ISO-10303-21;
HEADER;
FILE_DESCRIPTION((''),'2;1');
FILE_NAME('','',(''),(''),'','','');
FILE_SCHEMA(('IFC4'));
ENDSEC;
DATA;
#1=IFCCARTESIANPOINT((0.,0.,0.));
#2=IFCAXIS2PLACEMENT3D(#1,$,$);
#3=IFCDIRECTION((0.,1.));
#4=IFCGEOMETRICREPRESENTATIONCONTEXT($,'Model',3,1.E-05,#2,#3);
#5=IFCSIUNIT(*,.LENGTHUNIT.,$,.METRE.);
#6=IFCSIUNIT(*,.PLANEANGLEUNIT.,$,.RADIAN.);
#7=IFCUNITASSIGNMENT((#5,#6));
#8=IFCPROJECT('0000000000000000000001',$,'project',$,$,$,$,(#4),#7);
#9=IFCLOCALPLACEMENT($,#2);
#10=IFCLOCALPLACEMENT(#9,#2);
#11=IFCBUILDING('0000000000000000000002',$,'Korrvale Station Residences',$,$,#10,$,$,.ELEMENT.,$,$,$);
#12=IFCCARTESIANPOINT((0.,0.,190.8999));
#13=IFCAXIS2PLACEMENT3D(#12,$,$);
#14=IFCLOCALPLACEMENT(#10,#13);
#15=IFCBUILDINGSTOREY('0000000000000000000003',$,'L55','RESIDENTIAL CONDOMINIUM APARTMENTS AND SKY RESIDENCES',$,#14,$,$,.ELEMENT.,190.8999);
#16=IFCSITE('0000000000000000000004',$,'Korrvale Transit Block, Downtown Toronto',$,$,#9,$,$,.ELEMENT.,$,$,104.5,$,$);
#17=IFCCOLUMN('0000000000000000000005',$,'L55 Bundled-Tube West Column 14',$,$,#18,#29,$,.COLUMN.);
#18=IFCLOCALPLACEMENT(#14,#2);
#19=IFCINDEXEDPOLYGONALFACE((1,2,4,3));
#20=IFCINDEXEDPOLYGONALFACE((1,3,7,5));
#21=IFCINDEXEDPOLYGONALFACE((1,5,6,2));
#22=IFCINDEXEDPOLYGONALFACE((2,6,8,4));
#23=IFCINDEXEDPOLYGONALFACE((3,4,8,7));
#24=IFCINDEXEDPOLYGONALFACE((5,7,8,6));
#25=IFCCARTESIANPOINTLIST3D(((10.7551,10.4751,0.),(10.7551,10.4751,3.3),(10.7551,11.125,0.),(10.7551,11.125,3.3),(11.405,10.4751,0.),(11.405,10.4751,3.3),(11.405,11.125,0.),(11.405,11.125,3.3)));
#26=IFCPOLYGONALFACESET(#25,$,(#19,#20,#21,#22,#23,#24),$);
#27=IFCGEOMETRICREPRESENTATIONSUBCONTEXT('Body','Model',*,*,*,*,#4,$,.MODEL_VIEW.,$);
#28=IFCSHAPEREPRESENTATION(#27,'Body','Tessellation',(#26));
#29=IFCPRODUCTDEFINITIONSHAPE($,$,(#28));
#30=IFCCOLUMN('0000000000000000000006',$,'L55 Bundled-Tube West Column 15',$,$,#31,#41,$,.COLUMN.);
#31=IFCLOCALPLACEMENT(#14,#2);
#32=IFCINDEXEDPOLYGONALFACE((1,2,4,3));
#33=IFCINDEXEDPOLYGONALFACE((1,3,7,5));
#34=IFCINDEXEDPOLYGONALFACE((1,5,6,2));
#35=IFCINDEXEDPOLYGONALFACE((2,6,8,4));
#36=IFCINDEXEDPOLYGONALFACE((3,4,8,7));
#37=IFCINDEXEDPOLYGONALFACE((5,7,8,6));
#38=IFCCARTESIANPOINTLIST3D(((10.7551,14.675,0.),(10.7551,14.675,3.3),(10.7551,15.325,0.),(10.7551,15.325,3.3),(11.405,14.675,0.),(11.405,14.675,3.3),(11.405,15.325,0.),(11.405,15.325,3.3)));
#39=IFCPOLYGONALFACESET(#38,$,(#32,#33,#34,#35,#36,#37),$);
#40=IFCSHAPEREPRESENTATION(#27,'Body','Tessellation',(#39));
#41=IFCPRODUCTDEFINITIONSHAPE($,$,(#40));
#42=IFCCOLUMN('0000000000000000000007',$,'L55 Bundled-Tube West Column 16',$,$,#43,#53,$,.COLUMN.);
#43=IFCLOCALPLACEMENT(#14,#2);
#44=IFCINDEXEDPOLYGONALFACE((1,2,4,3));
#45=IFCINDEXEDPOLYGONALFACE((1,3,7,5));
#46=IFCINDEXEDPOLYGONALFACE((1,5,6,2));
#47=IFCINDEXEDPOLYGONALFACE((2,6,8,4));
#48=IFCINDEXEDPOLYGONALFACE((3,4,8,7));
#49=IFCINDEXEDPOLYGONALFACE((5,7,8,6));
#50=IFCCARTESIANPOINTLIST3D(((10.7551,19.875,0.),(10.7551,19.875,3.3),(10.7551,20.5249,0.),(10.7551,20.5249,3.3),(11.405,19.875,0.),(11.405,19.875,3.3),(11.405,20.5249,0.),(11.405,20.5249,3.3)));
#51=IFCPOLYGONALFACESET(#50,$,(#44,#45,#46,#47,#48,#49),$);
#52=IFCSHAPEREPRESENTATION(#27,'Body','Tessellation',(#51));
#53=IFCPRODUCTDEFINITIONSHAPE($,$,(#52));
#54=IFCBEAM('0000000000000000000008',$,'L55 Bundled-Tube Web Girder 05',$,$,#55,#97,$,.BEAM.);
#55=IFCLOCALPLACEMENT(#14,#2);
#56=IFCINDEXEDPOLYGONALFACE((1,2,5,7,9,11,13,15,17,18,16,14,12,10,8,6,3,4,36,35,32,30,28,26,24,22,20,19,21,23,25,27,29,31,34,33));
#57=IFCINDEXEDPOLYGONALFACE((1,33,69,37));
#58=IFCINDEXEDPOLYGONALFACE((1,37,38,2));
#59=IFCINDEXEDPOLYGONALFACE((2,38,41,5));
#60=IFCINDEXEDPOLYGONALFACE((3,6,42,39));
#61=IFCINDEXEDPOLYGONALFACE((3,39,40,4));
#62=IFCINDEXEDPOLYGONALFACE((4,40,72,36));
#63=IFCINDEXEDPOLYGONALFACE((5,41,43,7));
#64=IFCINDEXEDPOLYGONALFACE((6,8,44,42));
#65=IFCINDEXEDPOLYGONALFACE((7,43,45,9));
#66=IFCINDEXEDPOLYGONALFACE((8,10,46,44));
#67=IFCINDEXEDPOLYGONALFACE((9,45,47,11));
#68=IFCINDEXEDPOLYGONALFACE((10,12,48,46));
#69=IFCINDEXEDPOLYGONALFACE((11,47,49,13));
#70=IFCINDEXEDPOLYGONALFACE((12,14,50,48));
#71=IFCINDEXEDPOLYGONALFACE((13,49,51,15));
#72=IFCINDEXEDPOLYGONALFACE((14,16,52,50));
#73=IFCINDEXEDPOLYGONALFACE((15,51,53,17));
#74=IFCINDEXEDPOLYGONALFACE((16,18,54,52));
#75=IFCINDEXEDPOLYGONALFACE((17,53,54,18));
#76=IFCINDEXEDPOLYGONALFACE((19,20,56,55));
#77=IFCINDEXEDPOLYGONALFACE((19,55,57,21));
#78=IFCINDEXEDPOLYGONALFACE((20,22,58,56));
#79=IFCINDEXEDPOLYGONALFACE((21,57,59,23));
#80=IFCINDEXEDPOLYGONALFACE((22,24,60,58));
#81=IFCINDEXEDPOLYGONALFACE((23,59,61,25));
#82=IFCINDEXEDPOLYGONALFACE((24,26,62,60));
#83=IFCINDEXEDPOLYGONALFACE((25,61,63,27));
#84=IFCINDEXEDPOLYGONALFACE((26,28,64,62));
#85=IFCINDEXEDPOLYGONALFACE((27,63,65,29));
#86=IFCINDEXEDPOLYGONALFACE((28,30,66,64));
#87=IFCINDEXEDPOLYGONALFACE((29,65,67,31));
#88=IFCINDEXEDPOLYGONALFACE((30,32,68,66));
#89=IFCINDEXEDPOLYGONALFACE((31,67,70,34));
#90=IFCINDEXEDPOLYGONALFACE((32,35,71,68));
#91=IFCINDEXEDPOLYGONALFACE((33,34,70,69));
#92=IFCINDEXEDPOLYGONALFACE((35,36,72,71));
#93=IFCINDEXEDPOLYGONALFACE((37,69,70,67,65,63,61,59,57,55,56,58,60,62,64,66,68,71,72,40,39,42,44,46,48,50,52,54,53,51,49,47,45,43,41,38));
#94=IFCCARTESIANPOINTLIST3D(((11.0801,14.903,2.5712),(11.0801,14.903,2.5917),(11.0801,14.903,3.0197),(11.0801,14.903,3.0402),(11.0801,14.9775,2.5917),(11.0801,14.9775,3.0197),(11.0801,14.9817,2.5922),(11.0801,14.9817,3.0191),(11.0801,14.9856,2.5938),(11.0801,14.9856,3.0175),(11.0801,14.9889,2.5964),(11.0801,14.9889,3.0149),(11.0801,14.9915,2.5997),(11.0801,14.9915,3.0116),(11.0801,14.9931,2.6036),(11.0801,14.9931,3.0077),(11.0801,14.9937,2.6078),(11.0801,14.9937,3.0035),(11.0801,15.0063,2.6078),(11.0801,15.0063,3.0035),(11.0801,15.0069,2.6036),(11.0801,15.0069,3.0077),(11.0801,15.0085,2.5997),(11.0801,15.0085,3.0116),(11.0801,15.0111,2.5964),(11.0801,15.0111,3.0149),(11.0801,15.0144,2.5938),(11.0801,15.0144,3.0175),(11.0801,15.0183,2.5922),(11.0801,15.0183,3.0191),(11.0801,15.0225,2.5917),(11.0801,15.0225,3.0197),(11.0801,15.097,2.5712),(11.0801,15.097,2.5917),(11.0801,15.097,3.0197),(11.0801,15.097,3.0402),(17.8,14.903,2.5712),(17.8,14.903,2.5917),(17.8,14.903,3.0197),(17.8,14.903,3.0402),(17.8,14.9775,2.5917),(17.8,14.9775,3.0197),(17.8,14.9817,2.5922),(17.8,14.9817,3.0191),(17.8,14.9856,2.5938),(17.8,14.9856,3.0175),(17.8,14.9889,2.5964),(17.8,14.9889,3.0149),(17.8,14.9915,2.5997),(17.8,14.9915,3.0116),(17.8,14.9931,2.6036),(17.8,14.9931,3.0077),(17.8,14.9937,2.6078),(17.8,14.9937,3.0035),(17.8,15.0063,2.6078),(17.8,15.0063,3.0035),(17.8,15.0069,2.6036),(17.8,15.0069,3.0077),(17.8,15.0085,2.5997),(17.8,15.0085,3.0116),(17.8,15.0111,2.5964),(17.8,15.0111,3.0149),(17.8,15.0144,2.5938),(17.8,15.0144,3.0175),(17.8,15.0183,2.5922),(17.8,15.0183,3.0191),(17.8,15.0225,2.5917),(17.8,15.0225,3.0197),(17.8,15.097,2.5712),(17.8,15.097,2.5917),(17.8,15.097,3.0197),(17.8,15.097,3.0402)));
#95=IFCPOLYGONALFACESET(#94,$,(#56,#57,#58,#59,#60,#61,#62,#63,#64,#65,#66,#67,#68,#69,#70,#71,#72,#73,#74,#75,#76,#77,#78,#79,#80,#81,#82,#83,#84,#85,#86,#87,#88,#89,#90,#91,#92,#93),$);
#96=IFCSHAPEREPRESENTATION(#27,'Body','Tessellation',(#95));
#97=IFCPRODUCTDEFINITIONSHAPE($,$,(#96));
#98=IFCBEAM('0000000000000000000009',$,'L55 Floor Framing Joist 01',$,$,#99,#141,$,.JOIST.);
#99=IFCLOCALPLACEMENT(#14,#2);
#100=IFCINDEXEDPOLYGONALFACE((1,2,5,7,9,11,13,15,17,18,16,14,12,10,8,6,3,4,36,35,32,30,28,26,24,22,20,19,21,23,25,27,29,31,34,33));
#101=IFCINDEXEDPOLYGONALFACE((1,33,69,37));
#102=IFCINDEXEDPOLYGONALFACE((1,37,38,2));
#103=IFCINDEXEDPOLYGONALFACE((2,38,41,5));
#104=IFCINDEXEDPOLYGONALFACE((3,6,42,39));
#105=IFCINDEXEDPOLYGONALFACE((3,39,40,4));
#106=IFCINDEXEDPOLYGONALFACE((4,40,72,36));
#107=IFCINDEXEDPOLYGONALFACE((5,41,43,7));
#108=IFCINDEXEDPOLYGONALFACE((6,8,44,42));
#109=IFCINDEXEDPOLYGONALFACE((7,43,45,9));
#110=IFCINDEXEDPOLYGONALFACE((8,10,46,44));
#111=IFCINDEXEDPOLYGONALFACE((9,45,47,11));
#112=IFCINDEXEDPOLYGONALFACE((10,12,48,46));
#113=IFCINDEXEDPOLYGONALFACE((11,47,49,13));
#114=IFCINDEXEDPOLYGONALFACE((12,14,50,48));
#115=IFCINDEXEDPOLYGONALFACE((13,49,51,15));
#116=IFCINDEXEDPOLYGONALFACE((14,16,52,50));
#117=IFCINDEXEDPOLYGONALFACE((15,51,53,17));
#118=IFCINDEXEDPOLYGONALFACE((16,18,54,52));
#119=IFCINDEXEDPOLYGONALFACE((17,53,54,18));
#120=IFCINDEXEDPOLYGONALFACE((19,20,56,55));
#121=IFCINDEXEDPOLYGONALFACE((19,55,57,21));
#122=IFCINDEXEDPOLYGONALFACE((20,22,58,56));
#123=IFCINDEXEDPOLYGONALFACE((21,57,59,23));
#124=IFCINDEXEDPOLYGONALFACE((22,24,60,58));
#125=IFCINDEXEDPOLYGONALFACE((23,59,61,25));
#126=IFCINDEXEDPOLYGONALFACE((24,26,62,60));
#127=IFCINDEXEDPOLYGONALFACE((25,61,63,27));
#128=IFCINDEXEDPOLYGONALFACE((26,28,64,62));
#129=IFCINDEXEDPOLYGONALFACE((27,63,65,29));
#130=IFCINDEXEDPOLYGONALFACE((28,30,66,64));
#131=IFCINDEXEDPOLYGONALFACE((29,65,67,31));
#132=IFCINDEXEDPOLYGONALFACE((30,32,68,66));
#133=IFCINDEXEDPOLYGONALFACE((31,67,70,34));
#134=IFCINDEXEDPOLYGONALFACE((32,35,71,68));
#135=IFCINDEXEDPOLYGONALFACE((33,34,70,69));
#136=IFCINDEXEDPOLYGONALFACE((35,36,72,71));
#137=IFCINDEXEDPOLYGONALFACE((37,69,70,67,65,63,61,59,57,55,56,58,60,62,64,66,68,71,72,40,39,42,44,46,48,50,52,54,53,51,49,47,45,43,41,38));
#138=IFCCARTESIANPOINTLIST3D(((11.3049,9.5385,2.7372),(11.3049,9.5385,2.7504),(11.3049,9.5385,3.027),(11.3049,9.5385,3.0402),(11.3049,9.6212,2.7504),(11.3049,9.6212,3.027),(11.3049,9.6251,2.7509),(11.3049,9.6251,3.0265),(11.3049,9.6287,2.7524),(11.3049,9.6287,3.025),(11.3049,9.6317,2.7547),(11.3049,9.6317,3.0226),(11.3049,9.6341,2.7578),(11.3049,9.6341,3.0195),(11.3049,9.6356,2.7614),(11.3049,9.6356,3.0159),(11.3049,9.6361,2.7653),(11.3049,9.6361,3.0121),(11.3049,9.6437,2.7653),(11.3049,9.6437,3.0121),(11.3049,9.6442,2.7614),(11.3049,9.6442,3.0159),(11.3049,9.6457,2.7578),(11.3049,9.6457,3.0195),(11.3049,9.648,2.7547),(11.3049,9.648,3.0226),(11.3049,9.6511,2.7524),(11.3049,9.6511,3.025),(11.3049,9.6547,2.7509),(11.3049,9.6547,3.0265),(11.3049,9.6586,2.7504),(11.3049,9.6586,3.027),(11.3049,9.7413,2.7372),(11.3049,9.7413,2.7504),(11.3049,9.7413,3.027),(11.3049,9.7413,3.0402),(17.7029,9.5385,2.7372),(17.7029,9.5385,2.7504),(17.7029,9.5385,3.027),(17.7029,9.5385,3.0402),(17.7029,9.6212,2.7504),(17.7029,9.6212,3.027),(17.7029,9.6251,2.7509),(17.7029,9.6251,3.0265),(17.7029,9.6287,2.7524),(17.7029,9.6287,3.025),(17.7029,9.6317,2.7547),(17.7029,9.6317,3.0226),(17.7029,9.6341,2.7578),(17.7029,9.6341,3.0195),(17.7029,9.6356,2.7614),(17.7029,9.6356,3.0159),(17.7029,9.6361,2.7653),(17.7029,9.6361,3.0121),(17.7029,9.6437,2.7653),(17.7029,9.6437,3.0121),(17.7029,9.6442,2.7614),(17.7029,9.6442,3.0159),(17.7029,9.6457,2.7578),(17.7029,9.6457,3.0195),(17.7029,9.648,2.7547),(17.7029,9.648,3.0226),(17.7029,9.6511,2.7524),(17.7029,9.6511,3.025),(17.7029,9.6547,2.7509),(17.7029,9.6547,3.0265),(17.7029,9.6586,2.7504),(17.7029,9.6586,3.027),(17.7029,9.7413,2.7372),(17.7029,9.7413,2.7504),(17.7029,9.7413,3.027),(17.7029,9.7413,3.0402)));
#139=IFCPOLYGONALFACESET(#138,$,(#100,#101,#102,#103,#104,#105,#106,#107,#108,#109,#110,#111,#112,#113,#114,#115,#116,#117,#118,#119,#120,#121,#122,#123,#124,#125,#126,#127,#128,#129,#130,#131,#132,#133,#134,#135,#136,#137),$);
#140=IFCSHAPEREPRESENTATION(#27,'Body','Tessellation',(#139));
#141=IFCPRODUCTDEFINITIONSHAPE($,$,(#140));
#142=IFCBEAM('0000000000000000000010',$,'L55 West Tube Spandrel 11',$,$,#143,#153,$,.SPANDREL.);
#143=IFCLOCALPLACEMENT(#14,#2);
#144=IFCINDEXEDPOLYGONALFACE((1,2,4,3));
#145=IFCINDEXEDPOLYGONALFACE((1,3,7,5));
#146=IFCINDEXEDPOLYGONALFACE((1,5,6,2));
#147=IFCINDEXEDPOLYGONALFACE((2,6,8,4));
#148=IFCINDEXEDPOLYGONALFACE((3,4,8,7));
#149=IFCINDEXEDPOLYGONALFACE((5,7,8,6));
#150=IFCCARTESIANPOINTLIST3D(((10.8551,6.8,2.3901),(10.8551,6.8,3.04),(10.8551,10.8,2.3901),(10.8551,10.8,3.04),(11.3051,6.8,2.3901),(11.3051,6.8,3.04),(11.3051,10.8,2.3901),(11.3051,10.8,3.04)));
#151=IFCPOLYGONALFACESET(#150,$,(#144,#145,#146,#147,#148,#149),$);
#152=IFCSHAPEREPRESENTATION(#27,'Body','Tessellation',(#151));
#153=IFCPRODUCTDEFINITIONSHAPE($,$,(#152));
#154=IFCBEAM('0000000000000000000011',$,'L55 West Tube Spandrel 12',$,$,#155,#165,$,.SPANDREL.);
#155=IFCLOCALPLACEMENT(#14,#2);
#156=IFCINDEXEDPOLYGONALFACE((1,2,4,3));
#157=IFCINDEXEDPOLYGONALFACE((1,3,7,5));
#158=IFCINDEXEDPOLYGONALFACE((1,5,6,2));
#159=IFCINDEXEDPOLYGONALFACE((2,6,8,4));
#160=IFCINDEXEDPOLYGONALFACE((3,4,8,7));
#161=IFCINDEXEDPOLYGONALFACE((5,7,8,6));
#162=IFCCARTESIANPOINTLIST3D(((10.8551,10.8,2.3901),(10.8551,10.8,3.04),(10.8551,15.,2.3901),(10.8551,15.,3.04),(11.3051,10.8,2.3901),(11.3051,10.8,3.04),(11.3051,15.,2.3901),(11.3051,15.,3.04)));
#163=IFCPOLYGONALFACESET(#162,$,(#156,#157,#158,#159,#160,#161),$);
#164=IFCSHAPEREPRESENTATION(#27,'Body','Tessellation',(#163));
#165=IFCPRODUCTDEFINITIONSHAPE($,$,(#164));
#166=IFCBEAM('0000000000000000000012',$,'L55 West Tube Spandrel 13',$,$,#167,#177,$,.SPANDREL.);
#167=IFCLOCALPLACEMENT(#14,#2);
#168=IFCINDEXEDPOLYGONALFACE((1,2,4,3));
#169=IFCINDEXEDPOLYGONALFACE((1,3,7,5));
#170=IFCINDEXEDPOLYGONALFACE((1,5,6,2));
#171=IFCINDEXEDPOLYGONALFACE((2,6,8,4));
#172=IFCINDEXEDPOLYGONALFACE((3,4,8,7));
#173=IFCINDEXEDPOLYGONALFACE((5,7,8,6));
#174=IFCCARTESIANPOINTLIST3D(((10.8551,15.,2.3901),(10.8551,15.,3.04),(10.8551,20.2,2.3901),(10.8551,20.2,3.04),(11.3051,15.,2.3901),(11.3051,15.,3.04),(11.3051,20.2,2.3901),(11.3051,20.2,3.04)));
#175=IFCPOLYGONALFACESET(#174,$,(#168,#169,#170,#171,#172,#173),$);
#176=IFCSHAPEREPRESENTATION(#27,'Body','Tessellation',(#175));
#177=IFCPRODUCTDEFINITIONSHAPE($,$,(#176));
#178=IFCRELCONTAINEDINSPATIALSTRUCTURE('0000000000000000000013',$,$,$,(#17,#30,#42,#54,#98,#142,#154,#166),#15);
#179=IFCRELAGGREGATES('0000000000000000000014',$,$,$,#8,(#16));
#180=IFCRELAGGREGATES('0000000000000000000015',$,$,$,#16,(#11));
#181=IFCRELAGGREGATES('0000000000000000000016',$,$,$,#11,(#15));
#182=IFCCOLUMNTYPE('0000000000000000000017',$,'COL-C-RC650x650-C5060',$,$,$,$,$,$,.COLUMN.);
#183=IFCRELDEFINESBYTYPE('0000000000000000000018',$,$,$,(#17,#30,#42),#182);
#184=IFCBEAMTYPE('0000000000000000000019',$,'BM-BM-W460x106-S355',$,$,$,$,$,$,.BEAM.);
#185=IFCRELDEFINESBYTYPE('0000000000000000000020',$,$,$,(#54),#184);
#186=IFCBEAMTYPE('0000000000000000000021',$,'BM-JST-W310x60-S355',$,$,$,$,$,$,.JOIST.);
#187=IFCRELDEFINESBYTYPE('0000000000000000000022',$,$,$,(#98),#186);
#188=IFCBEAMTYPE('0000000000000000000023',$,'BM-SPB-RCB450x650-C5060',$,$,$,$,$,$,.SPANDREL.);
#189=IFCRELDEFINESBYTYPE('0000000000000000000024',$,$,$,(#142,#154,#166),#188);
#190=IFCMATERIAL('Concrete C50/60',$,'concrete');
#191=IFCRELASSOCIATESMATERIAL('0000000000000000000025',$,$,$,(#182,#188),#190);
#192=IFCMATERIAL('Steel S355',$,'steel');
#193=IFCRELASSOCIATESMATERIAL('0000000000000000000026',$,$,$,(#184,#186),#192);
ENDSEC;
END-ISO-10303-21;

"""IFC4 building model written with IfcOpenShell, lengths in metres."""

from ifc_helpers import new_model, si_unit, direction, frame, origin, origin_2d, place, context, subcontext, project, spatial, rectangle, i_section, extrude, material, material_profile, profile_set, type_object, element, save


model = new_model("IFC4")

# Units and contexts
model_context = context("Model", 3, precision=1e-05, world=origin(), true_north=direction((0.0, 1.0)))
body_context = subcontext(model_context, "Body", "Model", "MODEL_VIEW")
ifc_project = project(units=[si_unit("LENGTHUNIT", "METRE"), si_unit("PLANEANGLEUNIT", "RADIAN")], contexts=[model_context])

# Site, building, storey
site_placement = place(None, origin())
site = spatial("IfcSite", under=ifc_project, at=site_placement, Name="Korrvale Transit Block, Downtown Toronto", CompositionType="ELEMENT", RefElevation=104.5)
building_placement = place(site_placement, origin())
building = spatial("IfcBuilding", under=site, at=building_placement, Name="Korrvale Station Residences", CompositionType="ELEMENT")
storey_placement = place(building_placement, frame((0.0, 0.0, 190.8999)))
storey = spatial("IfcBuildingStorey", under=building, at=storey_placement, Name="L55", Description="RESIDENTIAL CONDOMINIUM APARTMENTS AND SKY RESIDENCES", CompositionType="ELEMENT", Elevation=190.8999)

# Columns
ifc_material_1 = material(Name="Concrete C50/60", Category="concrete")
ifc_material_profile_1 = material_profile(ifc_material_1, rectangle(XDim=0.6499, YDim=0.6499, at=origin_2d()), Name="RC650x650")
ifc_profile_set_1 = profile_set([ifc_material_profile_1], Name="Concrete C50/60")
column_type = type_object("IfcColumnType", Name="COL-C-RC650x650-C5060", PredefinedType="COLUMN", material=ifc_profile_set_1)
for number, where, z_axis, x_axis, name in (
    (1, (11.0801, 10.8, 0.0), (0.0, 0.0, 1.0), (1.0, 0.0, 0.0), "L55 Bundled-Tube West Column 14"),
    (2, (11.0801, 15.0, 0.0), (0.0, 0.0, 1.0), (1.0, 0.0, 0.0), "L55 Bundled-Tube West Column 15"),
    (3, (11.0801, 20.2, 0.0), (0.0, 0.0, 1.0), (1.0, 0.0, 0.0), "L55 Bundled-Tube West Column 16"),
):
    element("IfcColumn", number, at=place(storey_placement, frame(where, z_axis=z_axis, x_axis=x_axis)), inside=storey, type_object=column_type, Name=name, PredefinedType="COLUMN", context=body_context, shape_type="SweptSolid", body=[
        extrude(rectangle(XDim=0.6499, YDim=0.6499, at=origin_2d()), origin(), (0.0, 0.0, 1.0), 3.3),
    ])

# Beams
ifc_material_2 = material(Name="Steel S355", Category="steel")
ifc_material_profile_2 = material_profile(ifc_material_2, i_section(OverallWidth=0.1941, OverallDepth=0.469, WebThickness=0.0127, FlangeThickness=0.0205, FilletRadius=0.0161, at=origin_2d()), Name="W460x106")
ifc_profile_set_2 = profile_set([ifc_material_profile_2], Name="Steel S355")
beam_type_1 = type_object("IfcBeamType", Name="BM-BM-W460x106-S355", PredefinedType="BEAM", material=ifc_profile_set_2)
beam_1_placement = place(storey_placement, frame((11.0801, 15.0, 2.8057), z_axis=(1.0, 0.0, 0.0), x_axis=(0.0, 1.0, 0.0)))
element("IfcBeam", 4, at=beam_1_placement, inside=storey, type_object=beam_type_1, Name="L55 Bundled-Tube Web Girder 05", PredefinedType="BEAM", context=body_context, shape_type="SweptSolid", body=[
    extrude(i_section(OverallWidth=0.1941, OverallDepth=0.469, WebThickness=0.0127, FlangeThickness=0.0205, FilletRadius=0.0161, at=origin_2d()), origin(), (0.0, 0.0, 1.0), 6.72),
])
ifc_material_profile_3 = material_profile(ifc_material_2, i_section(OverallWidth=0.2029, OverallDepth=0.303, WebThickness=0.0076, FlangeThickness=0.0132, FilletRadius=0.0149, at=origin_2d()), Name="W310x60")
ifc_profile_set_3 = profile_set([ifc_material_profile_3], Name="Steel S355")
beam_type_2 = type_object("IfcBeamType", Name="BM-JST-W310x60-S355", PredefinedType="JOIST", material=ifc_profile_set_3)
beam_2_placement = place(storey_placement, frame((11.3049, 9.6399, 2.8887), z_axis=(1.0, 0.0, 0.0), x_axis=(0.0, 1.0, 0.0)))
element("IfcBeam", 5, at=beam_2_placement, inside=storey, type_object=beam_type_2, Name="L55 Floor Framing Joist 01", PredefinedType="JOIST", context=body_context, shape_type="SweptSolid", body=[
    extrude(i_section(OverallWidth=0.2029, OverallDepth=0.303, WebThickness=0.0076, FlangeThickness=0.0132, FilletRadius=0.0149, at=origin_2d()), origin(), (0.0, 0.0, 1.0), 6.3979),
])
ifc_material_profile_4 = material_profile(ifc_material_1, rectangle(XDim=0.45, YDim=0.6499, at=origin_2d()), Name="RCB450x650")
ifc_profile_set_4 = profile_set([ifc_material_profile_4], Name="Concrete C50/60")
beam_type_3 = type_object("IfcBeamType", Name="BM-SPB-RCB450x650-C5060", PredefinedType="SPANDREL", material=ifc_profile_set_4)
beam_3_placement = place(storey_placement, frame((11.0801, 6.8, 2.7151), z_axis=(0.0, 1.0, 0.0), x_axis=(-1.0, 0.0, 0.0)))
element("IfcBeam", 6, at=beam_3_placement, inside=storey, type_object=beam_type_3, Name="L55 West Tube Spandrel 11", PredefinedType="SPANDREL", context=body_context, shape_type="SweptSolid", body=[
    extrude(rectangle(XDim=0.45, YDim=0.6499, at=origin_2d()), origin(), (0.0, 0.0, 1.0), 4.0),
])
beam_4_placement = place(storey_placement, frame((11.0801, 10.8, 2.7151), z_axis=(0.0, 1.0, 0.0), x_axis=(-1.0, 0.0, 0.0)))
element("IfcBeam", 7, at=beam_4_placement, inside=storey, type_object=beam_type_3, Name="L55 West Tube Spandrel 12", PredefinedType="SPANDREL", context=body_context, shape_type="SweptSolid", body=[
    extrude(rectangle(XDim=0.45, YDim=0.6499, at=origin_2d()), origin(), (0.0, 0.0, 1.0), 4.2),
])
beam_5_placement = place(storey_placement, frame((11.0801, 15.0, 2.7151), z_axis=(0.0, 1.0, 0.0), x_axis=(-1.0, 0.0, 0.0)))
element("IfcBeam", 8, at=beam_5_placement, inside=storey, type_object=beam_type_3, Name="L55 West Tube Spandrel 13", PredefinedType="SPANDREL", context=body_context, shape_type="SweptSolid", body=[
    extrude(rectangle(XDim=0.45, YDim=0.6499, at=origin_2d()), origin(), (0.0, 0.0, 1.0), 5.2),
])

save(model, "model.ifc")
